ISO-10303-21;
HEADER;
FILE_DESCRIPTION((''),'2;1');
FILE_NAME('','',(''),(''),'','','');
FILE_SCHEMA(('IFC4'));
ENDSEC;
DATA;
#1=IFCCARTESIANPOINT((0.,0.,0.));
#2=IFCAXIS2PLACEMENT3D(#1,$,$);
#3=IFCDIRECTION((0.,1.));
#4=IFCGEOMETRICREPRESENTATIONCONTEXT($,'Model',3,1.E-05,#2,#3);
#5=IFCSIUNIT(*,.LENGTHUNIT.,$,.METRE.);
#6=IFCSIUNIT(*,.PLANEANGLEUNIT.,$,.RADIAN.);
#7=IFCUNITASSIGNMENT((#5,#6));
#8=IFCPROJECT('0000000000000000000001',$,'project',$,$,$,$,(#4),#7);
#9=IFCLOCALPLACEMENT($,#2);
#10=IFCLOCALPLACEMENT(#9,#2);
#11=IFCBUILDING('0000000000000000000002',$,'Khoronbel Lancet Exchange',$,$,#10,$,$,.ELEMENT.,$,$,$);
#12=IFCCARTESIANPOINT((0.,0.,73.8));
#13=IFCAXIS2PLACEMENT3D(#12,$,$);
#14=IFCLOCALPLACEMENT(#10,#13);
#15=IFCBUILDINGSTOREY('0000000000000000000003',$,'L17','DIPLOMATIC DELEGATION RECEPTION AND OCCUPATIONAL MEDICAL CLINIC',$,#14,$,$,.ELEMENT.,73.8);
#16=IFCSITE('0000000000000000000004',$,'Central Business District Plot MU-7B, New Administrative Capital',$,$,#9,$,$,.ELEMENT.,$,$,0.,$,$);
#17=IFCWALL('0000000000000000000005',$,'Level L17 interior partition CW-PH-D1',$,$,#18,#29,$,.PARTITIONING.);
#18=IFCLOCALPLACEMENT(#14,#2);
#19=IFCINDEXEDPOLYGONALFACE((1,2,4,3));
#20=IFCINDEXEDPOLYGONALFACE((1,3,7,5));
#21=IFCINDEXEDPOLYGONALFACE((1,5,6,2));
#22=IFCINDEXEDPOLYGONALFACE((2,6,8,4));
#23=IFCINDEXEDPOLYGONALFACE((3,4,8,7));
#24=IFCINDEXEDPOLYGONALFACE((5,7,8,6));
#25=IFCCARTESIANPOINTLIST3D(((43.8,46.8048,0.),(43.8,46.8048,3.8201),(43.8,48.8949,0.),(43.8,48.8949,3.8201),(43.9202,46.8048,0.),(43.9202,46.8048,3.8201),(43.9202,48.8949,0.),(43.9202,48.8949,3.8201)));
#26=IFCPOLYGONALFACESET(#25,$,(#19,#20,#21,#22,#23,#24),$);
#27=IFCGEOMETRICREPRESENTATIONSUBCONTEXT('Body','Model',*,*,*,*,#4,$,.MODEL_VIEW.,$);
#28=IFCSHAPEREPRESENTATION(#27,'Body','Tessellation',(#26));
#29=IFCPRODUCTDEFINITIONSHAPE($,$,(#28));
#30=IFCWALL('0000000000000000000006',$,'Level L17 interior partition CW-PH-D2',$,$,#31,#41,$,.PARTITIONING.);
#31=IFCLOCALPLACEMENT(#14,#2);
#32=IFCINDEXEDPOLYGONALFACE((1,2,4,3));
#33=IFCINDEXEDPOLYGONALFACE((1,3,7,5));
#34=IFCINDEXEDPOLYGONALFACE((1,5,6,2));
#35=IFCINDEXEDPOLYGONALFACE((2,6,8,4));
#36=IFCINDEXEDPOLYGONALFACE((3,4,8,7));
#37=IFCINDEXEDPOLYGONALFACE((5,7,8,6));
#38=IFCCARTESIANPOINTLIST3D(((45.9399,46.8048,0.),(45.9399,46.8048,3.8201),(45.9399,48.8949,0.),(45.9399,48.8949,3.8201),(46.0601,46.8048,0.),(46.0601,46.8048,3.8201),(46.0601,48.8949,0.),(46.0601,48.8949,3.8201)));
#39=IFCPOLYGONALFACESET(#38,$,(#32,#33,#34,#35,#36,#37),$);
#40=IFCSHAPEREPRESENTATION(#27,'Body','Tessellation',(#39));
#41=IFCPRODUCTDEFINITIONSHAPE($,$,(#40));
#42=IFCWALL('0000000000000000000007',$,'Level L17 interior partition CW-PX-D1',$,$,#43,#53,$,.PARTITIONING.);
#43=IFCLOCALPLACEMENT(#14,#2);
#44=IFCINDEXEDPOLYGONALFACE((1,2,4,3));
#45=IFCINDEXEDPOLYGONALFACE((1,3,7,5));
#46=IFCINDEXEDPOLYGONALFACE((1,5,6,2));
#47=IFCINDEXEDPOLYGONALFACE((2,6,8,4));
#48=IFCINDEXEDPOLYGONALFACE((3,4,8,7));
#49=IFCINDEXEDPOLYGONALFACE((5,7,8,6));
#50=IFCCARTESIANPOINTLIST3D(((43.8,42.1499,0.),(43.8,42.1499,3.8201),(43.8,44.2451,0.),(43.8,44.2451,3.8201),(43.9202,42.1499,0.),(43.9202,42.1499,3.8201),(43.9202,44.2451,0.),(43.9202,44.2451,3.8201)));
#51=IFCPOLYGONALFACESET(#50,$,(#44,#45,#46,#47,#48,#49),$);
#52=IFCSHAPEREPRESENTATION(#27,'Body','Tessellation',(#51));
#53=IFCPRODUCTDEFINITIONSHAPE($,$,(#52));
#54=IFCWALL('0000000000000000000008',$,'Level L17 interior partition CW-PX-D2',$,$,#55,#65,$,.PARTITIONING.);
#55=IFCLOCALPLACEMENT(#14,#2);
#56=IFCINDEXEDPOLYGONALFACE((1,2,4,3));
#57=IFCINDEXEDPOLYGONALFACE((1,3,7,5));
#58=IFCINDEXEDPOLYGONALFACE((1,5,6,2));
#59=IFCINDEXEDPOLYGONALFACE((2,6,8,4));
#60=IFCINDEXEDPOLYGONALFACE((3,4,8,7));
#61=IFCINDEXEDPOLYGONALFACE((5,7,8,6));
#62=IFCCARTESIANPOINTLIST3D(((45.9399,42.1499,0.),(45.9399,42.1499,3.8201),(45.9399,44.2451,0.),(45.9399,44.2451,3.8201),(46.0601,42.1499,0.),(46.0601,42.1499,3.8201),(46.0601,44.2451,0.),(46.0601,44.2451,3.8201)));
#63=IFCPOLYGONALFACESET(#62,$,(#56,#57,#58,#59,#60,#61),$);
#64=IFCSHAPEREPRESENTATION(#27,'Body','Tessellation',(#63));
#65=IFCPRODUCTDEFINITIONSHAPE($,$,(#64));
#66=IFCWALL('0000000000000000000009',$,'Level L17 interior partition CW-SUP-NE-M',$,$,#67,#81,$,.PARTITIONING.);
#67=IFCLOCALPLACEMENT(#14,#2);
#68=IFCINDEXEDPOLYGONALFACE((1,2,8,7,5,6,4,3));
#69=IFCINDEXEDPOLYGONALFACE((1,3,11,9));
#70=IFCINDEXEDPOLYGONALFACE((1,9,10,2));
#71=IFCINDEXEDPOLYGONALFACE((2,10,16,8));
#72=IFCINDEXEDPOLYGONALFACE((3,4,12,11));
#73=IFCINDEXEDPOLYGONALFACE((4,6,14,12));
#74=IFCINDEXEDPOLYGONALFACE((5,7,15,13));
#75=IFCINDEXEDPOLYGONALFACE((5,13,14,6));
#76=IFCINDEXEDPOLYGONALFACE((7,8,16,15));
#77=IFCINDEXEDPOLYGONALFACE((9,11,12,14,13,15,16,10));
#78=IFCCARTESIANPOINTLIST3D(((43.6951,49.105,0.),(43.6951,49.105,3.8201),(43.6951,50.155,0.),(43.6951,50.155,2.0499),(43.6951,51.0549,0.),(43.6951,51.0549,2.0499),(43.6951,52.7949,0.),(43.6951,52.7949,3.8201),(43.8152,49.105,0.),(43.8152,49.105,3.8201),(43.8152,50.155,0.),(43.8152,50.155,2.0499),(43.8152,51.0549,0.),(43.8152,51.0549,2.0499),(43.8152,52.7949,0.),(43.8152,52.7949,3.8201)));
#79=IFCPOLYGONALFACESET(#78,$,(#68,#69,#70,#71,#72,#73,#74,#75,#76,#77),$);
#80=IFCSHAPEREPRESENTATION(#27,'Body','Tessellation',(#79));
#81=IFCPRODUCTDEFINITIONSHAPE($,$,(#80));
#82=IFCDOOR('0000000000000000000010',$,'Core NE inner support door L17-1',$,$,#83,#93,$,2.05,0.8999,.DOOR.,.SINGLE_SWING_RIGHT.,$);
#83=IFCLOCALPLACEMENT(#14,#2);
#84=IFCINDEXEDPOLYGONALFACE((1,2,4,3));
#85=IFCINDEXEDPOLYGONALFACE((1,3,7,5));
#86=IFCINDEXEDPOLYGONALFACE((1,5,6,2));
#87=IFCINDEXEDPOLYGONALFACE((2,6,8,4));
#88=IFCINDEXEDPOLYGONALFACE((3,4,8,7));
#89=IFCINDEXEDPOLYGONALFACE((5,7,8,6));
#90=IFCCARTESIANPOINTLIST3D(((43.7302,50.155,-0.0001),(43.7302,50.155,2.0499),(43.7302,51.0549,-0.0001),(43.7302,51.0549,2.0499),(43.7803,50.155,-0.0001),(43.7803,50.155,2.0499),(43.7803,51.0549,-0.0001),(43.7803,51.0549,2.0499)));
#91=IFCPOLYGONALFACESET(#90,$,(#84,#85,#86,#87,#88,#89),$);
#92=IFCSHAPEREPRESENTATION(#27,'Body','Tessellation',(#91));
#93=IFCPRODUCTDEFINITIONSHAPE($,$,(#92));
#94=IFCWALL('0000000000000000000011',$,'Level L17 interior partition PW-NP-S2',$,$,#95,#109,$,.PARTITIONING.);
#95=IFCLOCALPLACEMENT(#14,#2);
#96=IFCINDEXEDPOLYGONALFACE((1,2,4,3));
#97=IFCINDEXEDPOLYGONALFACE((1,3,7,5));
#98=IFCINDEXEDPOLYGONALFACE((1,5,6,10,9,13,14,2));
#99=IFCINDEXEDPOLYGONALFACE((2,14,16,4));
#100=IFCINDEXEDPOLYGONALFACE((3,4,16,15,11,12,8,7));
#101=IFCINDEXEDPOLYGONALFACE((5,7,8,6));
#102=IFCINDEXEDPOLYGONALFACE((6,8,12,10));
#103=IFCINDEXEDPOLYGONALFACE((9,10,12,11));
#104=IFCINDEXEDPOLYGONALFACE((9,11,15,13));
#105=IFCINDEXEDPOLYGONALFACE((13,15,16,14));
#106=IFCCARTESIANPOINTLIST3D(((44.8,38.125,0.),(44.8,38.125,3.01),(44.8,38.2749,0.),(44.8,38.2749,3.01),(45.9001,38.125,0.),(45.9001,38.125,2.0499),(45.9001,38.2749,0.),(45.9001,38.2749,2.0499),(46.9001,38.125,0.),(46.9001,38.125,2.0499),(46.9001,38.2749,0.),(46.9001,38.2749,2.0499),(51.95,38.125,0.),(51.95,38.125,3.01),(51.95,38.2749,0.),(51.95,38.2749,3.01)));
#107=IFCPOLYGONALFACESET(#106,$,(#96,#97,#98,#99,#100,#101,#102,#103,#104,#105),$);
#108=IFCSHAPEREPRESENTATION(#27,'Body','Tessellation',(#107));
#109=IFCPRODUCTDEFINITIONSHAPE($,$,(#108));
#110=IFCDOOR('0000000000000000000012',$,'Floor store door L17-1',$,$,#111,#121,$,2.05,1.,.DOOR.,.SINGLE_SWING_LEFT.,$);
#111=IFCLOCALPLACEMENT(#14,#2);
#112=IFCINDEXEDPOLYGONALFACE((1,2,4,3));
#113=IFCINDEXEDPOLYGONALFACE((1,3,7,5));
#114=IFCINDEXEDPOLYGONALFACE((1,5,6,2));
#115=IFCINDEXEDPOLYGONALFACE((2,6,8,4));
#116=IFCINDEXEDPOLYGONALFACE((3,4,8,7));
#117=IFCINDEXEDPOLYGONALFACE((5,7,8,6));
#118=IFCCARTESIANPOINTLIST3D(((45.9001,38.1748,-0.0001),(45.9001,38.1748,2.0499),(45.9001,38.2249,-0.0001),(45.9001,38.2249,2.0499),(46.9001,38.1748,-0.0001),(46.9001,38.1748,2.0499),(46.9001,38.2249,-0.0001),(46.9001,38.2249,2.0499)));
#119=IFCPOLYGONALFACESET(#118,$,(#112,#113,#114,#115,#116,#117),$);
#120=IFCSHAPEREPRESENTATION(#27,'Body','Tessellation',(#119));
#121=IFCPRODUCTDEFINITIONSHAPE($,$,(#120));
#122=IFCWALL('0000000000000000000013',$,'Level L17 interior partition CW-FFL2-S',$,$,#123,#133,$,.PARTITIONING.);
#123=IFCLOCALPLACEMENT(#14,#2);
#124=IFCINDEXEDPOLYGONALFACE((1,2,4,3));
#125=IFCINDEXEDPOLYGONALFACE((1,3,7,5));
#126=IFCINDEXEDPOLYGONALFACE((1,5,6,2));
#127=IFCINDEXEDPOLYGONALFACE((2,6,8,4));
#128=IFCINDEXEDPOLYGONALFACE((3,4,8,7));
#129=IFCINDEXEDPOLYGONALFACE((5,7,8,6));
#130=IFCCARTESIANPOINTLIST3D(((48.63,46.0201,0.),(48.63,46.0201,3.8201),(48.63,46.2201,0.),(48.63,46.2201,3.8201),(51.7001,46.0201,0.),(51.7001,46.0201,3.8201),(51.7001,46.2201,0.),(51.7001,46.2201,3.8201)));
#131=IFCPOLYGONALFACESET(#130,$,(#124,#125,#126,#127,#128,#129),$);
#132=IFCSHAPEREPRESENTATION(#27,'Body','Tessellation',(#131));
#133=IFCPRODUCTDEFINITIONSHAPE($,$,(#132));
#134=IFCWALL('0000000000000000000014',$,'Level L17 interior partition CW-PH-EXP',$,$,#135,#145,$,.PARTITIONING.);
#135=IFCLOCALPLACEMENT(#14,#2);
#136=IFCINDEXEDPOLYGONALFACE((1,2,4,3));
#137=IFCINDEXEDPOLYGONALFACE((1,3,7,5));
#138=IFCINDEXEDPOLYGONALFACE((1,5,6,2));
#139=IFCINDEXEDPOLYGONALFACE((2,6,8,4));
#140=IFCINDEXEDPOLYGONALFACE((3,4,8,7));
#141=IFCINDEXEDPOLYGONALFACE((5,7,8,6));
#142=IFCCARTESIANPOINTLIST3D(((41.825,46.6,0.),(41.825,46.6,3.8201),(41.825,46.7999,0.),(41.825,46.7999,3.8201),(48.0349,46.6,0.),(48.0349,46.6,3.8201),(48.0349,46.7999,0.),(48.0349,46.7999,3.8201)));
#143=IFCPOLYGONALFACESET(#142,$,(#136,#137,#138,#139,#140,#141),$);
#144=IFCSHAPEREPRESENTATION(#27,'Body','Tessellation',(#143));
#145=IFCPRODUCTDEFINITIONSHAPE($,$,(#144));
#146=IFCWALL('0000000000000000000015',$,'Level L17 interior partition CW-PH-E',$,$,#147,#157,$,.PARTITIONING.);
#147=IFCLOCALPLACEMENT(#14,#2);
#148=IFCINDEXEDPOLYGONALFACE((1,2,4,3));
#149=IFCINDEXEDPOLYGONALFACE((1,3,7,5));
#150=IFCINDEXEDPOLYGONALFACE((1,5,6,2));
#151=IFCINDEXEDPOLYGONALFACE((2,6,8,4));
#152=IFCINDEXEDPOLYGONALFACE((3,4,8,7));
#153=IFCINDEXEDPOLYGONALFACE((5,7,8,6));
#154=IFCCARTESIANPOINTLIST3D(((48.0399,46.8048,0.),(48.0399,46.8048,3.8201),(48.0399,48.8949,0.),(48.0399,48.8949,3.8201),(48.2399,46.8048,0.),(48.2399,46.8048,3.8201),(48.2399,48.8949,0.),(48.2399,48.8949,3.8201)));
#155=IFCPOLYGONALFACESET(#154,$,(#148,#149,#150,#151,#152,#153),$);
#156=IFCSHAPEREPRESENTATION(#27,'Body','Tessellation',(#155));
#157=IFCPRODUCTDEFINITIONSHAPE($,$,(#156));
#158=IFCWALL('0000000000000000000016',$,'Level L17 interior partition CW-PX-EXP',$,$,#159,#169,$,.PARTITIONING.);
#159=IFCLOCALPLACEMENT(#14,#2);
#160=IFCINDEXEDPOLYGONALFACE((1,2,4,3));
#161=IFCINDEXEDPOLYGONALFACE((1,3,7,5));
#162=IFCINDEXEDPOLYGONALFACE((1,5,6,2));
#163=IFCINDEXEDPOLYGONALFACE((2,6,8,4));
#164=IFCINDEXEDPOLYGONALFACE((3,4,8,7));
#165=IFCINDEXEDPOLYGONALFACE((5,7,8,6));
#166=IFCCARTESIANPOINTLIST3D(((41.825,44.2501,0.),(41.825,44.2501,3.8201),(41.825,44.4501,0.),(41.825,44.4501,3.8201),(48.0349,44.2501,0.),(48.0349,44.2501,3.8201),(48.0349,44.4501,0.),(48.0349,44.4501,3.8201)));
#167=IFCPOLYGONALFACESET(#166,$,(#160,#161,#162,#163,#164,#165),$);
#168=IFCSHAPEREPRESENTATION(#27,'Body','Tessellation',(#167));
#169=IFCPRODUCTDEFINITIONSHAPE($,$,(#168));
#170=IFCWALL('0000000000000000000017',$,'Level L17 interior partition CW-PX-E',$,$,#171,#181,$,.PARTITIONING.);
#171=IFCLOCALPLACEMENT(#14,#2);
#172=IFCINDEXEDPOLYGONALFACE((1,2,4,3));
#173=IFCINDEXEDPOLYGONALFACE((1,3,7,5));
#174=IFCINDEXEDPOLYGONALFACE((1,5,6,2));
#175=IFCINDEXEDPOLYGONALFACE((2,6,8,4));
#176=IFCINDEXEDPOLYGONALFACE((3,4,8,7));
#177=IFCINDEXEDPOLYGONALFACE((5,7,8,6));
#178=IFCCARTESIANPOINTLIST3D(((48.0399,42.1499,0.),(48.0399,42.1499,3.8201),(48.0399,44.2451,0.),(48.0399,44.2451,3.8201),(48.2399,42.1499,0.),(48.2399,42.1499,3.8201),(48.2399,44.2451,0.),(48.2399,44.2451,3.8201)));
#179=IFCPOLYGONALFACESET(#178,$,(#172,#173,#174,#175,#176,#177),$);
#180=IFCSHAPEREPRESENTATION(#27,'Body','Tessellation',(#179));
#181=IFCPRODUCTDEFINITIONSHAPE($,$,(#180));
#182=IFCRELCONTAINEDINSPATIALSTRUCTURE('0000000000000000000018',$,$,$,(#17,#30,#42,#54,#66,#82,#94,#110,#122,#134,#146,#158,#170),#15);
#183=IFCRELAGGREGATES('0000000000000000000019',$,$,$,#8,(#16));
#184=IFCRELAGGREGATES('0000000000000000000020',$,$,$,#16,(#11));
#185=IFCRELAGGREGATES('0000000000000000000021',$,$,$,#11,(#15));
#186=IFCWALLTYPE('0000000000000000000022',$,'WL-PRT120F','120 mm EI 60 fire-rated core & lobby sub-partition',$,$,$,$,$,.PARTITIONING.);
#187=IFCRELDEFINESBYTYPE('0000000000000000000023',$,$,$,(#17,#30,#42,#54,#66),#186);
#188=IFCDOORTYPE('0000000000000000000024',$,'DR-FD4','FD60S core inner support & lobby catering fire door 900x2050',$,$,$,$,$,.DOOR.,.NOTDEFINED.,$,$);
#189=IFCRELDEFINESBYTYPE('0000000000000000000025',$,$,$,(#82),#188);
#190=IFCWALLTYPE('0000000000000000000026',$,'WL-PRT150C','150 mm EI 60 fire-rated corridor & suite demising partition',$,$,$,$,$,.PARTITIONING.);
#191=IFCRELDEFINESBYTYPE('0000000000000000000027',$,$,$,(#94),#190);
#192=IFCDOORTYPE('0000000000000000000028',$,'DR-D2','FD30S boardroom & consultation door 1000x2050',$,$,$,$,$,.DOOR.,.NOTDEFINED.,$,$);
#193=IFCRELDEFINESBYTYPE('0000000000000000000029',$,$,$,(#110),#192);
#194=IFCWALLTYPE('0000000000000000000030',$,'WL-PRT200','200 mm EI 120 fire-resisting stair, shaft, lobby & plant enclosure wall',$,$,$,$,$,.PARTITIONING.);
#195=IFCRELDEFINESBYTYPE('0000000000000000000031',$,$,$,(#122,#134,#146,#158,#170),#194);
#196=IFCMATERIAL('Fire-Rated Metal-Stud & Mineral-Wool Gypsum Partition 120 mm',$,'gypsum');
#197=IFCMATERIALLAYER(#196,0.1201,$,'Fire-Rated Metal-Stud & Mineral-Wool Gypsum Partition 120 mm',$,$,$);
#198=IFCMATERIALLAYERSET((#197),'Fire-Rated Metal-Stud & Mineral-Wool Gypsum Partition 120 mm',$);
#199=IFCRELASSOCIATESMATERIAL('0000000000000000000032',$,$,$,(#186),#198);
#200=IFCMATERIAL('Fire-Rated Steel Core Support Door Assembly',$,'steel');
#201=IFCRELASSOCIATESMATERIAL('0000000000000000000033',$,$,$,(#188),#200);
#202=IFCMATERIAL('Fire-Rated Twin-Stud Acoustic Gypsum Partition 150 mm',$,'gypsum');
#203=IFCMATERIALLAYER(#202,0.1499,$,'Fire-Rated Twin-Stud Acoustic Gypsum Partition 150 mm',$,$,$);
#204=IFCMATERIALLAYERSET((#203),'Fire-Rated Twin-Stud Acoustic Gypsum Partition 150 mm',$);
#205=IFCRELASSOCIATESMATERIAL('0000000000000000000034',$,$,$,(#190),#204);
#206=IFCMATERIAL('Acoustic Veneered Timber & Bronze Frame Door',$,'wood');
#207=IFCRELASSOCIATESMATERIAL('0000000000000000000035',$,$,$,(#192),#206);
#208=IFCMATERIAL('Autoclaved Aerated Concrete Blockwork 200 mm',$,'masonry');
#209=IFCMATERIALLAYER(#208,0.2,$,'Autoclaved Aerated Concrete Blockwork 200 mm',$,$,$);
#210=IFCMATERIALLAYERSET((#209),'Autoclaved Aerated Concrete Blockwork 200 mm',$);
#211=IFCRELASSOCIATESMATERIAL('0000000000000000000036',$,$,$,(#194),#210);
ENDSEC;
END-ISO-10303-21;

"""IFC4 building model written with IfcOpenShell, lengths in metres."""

from ifc_helpers import new_model, si_unit, direction, frame, frame_2d, origin, place, context, subcontext, project, spatial, rectangle, extrude, material, layer, layer_set, type_object, element, fill, save


model = new_model("IFC4")

# Units and contexts
model_context = context("Model", 3, precision=1e-05, world=origin(), true_north=direction((0.0, 1.0)))
body_context = subcontext(model_context, "Body", "Model", "MODEL_VIEW")
ifc_project = project(units=[si_unit("LENGTHUNIT", "METRE"), si_unit("PLANEANGLEUNIT", "RADIAN")], contexts=[model_context])

# Site, building, storey
site_placement = place(None, origin())
site = spatial("IfcSite", under=ifc_project, at=site_placement, Name="Central Business District Plot MU-7B, New Administrative Capital", CompositionType="ELEMENT", RefElevation=0.0)
building_placement = place(site_placement, origin())
building = spatial("IfcBuilding", under=site, at=building_placement, Name="Khoronbel Lancet Exchange", CompositionType="ELEMENT")
storey_placement = place(building_placement, frame((0.0, 0.0, 73.8)))
storey = spatial("IfcBuildingStorey", under=building, at=storey_placement, Name="L17", Description="DIPLOMATIC DELEGATION RECEPTION AND OCCUPATIONAL MEDICAL CLINIC", CompositionType="ELEMENT", Elevation=73.8)

# Walls
ifc_material_1 = material(Name="Fire-Rated Metal-Stud & Mineral-Wool Gypsum Partition 120 mm", Category="gypsum")
ifc_layer_1 = layer(ifc_material_1, 0.1201, Name="Fire-Rated Metal-Stud & Mineral-Wool Gypsum Partition 120 mm")
ifc_layer_set_1 = layer_set([ifc_layer_1], Name="Fire-Rated Metal-Stud & Mineral-Wool Gypsum Partition 120 mm")
wall_type_1 = type_object("IfcWallType", Name="WL-PRT120F", Description="120 mm EI 60 fire-rated core & lobby sub-partition", PredefinedType="PARTITIONING", material=ifc_layer_set_1)
for number, where, z_axis, x_axis, name in (
    (1, (43.8601, 46.8049, 0.0), (0.0, 0.0, 1.0), (0.0, 1.0, 0.0), "Level L17 interior partition CW-PH-D1"),
    (2, (46.0, 46.8049, 0.0), (0.0, 0.0, 1.0), (0.0, 1.0, 0.0), "Level L17 interior partition CW-PH-D2"),
):
    element("IfcWall", number, at=place(storey_placement, frame(where, z_axis=z_axis, x_axis=x_axis)), inside=storey, type_object=wall_type_1, Name=name, PredefinedType="PARTITIONING", context=body_context, shape_type="SweptSolid", body=[
        extrude(rectangle(XDim=2.0901, YDim=0.1201, at=frame_2d((1.0449, 0.0))), origin(), (0.0, 0.0, 1.0), 3.8201),
    ])
for number, where, z_axis, x_axis, name in (
    (3, (43.8601, 42.1499, 0.0), (0.0, 0.0, 1.0), (0.0, 1.0, 0.0), "Level L17 interior partition CW-PX-D1"),
    (4, (46.0, 42.1499, 0.0), (0.0, 0.0, 1.0), (0.0, 1.0, 0.0), "Level L17 interior partition CW-PX-D2"),
):
    element("IfcWall", number, at=place(storey_placement, frame(where, z_axis=z_axis, x_axis=x_axis)), inside=storey, type_object=wall_type_1, Name=name, PredefinedType="PARTITIONING", context=body_context, shape_type="SweptSolid", body=[
        extrude(rectangle(XDim=2.0952, YDim=0.1201, at=frame_2d((1.0476, 0.0))), origin(), (0.0, 0.0, 1.0), 3.8201),
    ])

# Walls, openings, doors
wall_1_placement = place(storey_placement, frame((43.7551, 49.105, 0.0), z_axis=(0.0, 0.0, 1.0), x_axis=(0.0, 1.0, 0.0)))
wall_1 = element("IfcWall", 5, at=wall_1_placement, inside=storey, type_object=wall_type_1, Name="Level L17 interior partition CW-SUP-NE-M", PredefinedType="PARTITIONING", context=body_context, shape_type="SweptSolid", body=[
    extrude(rectangle(XDim=3.6899, YDim=0.1201, at=frame_2d((1.845, 0.0))), origin(), (0.0, 0.0, 1.0), 3.8201),
])
opening_1_placement = place(wall_1_placement, frame((1.05, 0.0, 0.0)))
opening_1 = element("IfcOpeningElement", 6, at=opening_1_placement, cuts=wall_1, PredefinedType="OPENING", context=body_context, shape_type="SweptSolid", body=[
    extrude(rectangle(XDim=0.8999, YDim=2.05, at=frame_2d((0.45, 1.0249))), frame((0.0, 0.0701, 0.0), z_axis=(0.0, -1.0, 0.0), x_axis=(1.0, 0.0, 0.0)), (0.0, 0.0, 1.0), 0.1401),
])
ifc_material_2 = material(Name="Fire-Rated Steel Core Support Door Assembly", Category="steel")
door_type_1 = type_object("IfcDoorType", Name="DR-FD4", Description="FD60S core inner support & lobby catering fire door 900x2050", OperationType="NOTDEFINED", PredefinedType="DOOR", material=ifc_material_2)
door_1_placement = place(opening_1_placement, origin())
door_1 = element("IfcDoor", 7, at=door_1_placement, inside=storey, type_object=door_type_1, Name="Core NE inner support door L17-1", OperationType="SINGLE_SWING_RIGHT", OverallHeight=2.05, OverallWidth=0.8999, PredefinedType="DOOR", context=body_context, shape_type="SweptSolid", body=[
    extrude(rectangle(XDim=0.8999, YDim=2.05, at=frame_2d((0.45, 1.0249))), frame((0.0, 0.0249, 0.0), z_axis=(0.0, -1.0, 0.0), x_axis=(1.0, 0.0, 0.0)), (0.0, 0.0, 1.0), 0.05),
])
fill(opening_1, door_1)
ifc_material_3 = material(Name="Fire-Rated Twin-Stud Acoustic Gypsum Partition 150 mm", Category="gypsum")
ifc_layer_2 = layer(ifc_material_3, 0.1499, Name="Fire-Rated Twin-Stud Acoustic Gypsum Partition 150 mm")
ifc_layer_set_2 = layer_set([ifc_layer_2], Name="Fire-Rated Twin-Stud Acoustic Gypsum Partition 150 mm")
wall_type_2 = type_object("IfcWallType", Name="WL-PRT150C", Description="150 mm EI 60 fire-rated corridor & suite demising partition", PredefinedType="PARTITIONING", material=ifc_layer_set_2)
wall_2_placement = place(storey_placement, frame((44.8, 38.2, 0.0), z_axis=(0.0, 0.0, 1.0), x_axis=(1.0, 0.0, 0.0)))
wall_2 = element("IfcWall", 8, at=wall_2_placement, inside=storey, type_object=wall_type_2, Name="Level L17 interior partition PW-NP-S2", PredefinedType="PARTITIONING", context=body_context, shape_type="SweptSolid", body=[
    extrude(rectangle(XDim=7.1499, YDim=0.1499, at=frame_2d((3.575, 0.0))), origin(), (0.0, 0.0, 1.0), 3.01),
])
opening_2_placement = place(wall_2_placement, frame((1.1001, 0.0, 0.0)))
opening_2 = element("IfcOpeningElement", 9, at=opening_2_placement, cuts=wall_2, PredefinedType="OPENING", context=body_context, shape_type="SweptSolid", body=[
    extrude(rectangle(XDim=1.0, YDim=2.05, at=frame_2d((0.5, 1.0249))), frame((0.0, 0.085, 0.0), z_axis=(0.0, -1.0, 0.0), x_axis=(1.0, 0.0, 0.0)), (0.0, 0.0, 1.0), 0.1699),
])
ifc_material_4 = material(Name="Acoustic Veneered Timber & Bronze Frame Door", Category="wood")
door_type_2 = type_object("IfcDoorType", Name="DR-D2", Description="FD30S boardroom & consultation door 1000x2050", OperationType="NOTDEFINED", PredefinedType="DOOR", material=ifc_material_4)
door_2_placement = place(opening_2_placement, origin())
door_2 = element("IfcDoor", 10, at=door_2_placement, inside=storey, type_object=door_type_2, Name="Floor store door L17-1", OperationType="SINGLE_SWING_LEFT", OverallHeight=2.05, OverallWidth=1.0, PredefinedType="DOOR", context=body_context, shape_type="SweptSolid", body=[
    extrude(rectangle(XDim=1.0, YDim=2.05, at=frame_2d((0.5, 1.0249))), frame((0.0, 0.0249, 0.0), z_axis=(0.0, -1.0, 0.0), x_axis=(1.0, 0.0, 0.0)), (0.0, 0.0, 1.0), 0.05),
])
fill(opening_2, door_2)

# Walls
ifc_material_5 = material(Name="Autoclaved Aerated Concrete Blockwork 200 mm", Category="masonry")
ifc_layer_3 = layer(ifc_material_5, 0.2, Name="Autoclaved Aerated Concrete Blockwork 200 mm")
ifc_layer_set_3 = layer_set([ifc_layer_3], Name="Autoclaved Aerated Concrete Blockwork 200 mm")
wall_type_3 = type_object("IfcWallType", Name="WL-PRT200", Description="200 mm EI 120 fire-resisting stair, shaft, lobby & plant enclosure wall", PredefinedType="PARTITIONING", material=ifc_layer_set_3)
wall_3_placement = place(storey_placement, frame((48.6299, 46.1201, 0.0), z_axis=(0.0, 0.0, 1.0), x_axis=(1.0, 0.0, 0.0)))
element("IfcWall", 11, at=wall_3_placement, inside=storey, type_object=wall_type_3, Name="Level L17 interior partition CW-FFL2-S", PredefinedType="PARTITIONING", context=body_context, shape_type="SweptSolid", body=[
    extrude(rectangle(XDim=3.0701, YDim=0.2, at=frame_2d((1.5352, 0.0))), origin(), (0.0, 0.0, 1.0), 3.8201),
])
wall_4_placement = place(storey_placement, frame((41.825, 46.7, 0.0), z_axis=(0.0, 0.0, 1.0), x_axis=(1.0, 0.0, 0.0)))
element("IfcWall", 12, at=wall_4_placement, inside=storey, type_object=wall_type_3, Name="Level L17 interior partition CW-PH-EXP", PredefinedType="PARTITIONING", context=body_context, shape_type="SweptSolid", body=[
    extrude(rectangle(XDim=6.21, YDim=0.2, at=frame_2d((3.105, 0.0))), origin(), (0.0, 0.0, 1.0), 3.8201),
])
wall_5_placement = place(storey_placement, frame((48.1399, 46.8049, 0.0), z_axis=(0.0, 0.0, 1.0), x_axis=(0.0, 1.0, 0.0)))
element("IfcWall", 13, at=wall_5_placement, inside=storey, type_object=wall_type_3, Name="Level L17 interior partition CW-PH-E", PredefinedType="PARTITIONING", context=body_context, shape_type="SweptSolid", body=[
    extrude(rectangle(XDim=2.0901, YDim=0.2, at=frame_2d((1.0449, 0.0))), origin(), (0.0, 0.0, 1.0), 3.8201),
])
wall_6_placement = place(storey_placement, frame((41.825, 44.3501, 0.0), z_axis=(0.0, 0.0, 1.0), x_axis=(1.0, 0.0, 0.0)))
element("IfcWall", 14, at=wall_6_placement, inside=storey, type_object=wall_type_3, Name="Level L17 interior partition CW-PX-EXP", PredefinedType="PARTITIONING", context=body_context, shape_type="SweptSolid", body=[
    extrude(rectangle(XDim=6.21, YDim=0.2, at=frame_2d((3.105, 0.0))), origin(), (0.0, 0.0, 1.0), 3.8201),
])
wall_7_placement = place(storey_placement, frame((48.1399, 42.1499, 0.0), z_axis=(0.0, 0.0, 1.0), x_axis=(0.0, 1.0, 0.0)))
element("IfcWall", 15, at=wall_7_placement, inside=storey, type_object=wall_type_3, Name="Level L17 interior partition CW-PX-E", PredefinedType="PARTITIONING", context=body_context, shape_type="SweptSolid", body=[
    extrude(rectangle(XDim=2.0952, YDim=0.2, at=frame_2d((1.0476, 0.0))), origin(), (0.0, 0.0, 1.0), 3.8201),
])

save(model, "model.ifc")
